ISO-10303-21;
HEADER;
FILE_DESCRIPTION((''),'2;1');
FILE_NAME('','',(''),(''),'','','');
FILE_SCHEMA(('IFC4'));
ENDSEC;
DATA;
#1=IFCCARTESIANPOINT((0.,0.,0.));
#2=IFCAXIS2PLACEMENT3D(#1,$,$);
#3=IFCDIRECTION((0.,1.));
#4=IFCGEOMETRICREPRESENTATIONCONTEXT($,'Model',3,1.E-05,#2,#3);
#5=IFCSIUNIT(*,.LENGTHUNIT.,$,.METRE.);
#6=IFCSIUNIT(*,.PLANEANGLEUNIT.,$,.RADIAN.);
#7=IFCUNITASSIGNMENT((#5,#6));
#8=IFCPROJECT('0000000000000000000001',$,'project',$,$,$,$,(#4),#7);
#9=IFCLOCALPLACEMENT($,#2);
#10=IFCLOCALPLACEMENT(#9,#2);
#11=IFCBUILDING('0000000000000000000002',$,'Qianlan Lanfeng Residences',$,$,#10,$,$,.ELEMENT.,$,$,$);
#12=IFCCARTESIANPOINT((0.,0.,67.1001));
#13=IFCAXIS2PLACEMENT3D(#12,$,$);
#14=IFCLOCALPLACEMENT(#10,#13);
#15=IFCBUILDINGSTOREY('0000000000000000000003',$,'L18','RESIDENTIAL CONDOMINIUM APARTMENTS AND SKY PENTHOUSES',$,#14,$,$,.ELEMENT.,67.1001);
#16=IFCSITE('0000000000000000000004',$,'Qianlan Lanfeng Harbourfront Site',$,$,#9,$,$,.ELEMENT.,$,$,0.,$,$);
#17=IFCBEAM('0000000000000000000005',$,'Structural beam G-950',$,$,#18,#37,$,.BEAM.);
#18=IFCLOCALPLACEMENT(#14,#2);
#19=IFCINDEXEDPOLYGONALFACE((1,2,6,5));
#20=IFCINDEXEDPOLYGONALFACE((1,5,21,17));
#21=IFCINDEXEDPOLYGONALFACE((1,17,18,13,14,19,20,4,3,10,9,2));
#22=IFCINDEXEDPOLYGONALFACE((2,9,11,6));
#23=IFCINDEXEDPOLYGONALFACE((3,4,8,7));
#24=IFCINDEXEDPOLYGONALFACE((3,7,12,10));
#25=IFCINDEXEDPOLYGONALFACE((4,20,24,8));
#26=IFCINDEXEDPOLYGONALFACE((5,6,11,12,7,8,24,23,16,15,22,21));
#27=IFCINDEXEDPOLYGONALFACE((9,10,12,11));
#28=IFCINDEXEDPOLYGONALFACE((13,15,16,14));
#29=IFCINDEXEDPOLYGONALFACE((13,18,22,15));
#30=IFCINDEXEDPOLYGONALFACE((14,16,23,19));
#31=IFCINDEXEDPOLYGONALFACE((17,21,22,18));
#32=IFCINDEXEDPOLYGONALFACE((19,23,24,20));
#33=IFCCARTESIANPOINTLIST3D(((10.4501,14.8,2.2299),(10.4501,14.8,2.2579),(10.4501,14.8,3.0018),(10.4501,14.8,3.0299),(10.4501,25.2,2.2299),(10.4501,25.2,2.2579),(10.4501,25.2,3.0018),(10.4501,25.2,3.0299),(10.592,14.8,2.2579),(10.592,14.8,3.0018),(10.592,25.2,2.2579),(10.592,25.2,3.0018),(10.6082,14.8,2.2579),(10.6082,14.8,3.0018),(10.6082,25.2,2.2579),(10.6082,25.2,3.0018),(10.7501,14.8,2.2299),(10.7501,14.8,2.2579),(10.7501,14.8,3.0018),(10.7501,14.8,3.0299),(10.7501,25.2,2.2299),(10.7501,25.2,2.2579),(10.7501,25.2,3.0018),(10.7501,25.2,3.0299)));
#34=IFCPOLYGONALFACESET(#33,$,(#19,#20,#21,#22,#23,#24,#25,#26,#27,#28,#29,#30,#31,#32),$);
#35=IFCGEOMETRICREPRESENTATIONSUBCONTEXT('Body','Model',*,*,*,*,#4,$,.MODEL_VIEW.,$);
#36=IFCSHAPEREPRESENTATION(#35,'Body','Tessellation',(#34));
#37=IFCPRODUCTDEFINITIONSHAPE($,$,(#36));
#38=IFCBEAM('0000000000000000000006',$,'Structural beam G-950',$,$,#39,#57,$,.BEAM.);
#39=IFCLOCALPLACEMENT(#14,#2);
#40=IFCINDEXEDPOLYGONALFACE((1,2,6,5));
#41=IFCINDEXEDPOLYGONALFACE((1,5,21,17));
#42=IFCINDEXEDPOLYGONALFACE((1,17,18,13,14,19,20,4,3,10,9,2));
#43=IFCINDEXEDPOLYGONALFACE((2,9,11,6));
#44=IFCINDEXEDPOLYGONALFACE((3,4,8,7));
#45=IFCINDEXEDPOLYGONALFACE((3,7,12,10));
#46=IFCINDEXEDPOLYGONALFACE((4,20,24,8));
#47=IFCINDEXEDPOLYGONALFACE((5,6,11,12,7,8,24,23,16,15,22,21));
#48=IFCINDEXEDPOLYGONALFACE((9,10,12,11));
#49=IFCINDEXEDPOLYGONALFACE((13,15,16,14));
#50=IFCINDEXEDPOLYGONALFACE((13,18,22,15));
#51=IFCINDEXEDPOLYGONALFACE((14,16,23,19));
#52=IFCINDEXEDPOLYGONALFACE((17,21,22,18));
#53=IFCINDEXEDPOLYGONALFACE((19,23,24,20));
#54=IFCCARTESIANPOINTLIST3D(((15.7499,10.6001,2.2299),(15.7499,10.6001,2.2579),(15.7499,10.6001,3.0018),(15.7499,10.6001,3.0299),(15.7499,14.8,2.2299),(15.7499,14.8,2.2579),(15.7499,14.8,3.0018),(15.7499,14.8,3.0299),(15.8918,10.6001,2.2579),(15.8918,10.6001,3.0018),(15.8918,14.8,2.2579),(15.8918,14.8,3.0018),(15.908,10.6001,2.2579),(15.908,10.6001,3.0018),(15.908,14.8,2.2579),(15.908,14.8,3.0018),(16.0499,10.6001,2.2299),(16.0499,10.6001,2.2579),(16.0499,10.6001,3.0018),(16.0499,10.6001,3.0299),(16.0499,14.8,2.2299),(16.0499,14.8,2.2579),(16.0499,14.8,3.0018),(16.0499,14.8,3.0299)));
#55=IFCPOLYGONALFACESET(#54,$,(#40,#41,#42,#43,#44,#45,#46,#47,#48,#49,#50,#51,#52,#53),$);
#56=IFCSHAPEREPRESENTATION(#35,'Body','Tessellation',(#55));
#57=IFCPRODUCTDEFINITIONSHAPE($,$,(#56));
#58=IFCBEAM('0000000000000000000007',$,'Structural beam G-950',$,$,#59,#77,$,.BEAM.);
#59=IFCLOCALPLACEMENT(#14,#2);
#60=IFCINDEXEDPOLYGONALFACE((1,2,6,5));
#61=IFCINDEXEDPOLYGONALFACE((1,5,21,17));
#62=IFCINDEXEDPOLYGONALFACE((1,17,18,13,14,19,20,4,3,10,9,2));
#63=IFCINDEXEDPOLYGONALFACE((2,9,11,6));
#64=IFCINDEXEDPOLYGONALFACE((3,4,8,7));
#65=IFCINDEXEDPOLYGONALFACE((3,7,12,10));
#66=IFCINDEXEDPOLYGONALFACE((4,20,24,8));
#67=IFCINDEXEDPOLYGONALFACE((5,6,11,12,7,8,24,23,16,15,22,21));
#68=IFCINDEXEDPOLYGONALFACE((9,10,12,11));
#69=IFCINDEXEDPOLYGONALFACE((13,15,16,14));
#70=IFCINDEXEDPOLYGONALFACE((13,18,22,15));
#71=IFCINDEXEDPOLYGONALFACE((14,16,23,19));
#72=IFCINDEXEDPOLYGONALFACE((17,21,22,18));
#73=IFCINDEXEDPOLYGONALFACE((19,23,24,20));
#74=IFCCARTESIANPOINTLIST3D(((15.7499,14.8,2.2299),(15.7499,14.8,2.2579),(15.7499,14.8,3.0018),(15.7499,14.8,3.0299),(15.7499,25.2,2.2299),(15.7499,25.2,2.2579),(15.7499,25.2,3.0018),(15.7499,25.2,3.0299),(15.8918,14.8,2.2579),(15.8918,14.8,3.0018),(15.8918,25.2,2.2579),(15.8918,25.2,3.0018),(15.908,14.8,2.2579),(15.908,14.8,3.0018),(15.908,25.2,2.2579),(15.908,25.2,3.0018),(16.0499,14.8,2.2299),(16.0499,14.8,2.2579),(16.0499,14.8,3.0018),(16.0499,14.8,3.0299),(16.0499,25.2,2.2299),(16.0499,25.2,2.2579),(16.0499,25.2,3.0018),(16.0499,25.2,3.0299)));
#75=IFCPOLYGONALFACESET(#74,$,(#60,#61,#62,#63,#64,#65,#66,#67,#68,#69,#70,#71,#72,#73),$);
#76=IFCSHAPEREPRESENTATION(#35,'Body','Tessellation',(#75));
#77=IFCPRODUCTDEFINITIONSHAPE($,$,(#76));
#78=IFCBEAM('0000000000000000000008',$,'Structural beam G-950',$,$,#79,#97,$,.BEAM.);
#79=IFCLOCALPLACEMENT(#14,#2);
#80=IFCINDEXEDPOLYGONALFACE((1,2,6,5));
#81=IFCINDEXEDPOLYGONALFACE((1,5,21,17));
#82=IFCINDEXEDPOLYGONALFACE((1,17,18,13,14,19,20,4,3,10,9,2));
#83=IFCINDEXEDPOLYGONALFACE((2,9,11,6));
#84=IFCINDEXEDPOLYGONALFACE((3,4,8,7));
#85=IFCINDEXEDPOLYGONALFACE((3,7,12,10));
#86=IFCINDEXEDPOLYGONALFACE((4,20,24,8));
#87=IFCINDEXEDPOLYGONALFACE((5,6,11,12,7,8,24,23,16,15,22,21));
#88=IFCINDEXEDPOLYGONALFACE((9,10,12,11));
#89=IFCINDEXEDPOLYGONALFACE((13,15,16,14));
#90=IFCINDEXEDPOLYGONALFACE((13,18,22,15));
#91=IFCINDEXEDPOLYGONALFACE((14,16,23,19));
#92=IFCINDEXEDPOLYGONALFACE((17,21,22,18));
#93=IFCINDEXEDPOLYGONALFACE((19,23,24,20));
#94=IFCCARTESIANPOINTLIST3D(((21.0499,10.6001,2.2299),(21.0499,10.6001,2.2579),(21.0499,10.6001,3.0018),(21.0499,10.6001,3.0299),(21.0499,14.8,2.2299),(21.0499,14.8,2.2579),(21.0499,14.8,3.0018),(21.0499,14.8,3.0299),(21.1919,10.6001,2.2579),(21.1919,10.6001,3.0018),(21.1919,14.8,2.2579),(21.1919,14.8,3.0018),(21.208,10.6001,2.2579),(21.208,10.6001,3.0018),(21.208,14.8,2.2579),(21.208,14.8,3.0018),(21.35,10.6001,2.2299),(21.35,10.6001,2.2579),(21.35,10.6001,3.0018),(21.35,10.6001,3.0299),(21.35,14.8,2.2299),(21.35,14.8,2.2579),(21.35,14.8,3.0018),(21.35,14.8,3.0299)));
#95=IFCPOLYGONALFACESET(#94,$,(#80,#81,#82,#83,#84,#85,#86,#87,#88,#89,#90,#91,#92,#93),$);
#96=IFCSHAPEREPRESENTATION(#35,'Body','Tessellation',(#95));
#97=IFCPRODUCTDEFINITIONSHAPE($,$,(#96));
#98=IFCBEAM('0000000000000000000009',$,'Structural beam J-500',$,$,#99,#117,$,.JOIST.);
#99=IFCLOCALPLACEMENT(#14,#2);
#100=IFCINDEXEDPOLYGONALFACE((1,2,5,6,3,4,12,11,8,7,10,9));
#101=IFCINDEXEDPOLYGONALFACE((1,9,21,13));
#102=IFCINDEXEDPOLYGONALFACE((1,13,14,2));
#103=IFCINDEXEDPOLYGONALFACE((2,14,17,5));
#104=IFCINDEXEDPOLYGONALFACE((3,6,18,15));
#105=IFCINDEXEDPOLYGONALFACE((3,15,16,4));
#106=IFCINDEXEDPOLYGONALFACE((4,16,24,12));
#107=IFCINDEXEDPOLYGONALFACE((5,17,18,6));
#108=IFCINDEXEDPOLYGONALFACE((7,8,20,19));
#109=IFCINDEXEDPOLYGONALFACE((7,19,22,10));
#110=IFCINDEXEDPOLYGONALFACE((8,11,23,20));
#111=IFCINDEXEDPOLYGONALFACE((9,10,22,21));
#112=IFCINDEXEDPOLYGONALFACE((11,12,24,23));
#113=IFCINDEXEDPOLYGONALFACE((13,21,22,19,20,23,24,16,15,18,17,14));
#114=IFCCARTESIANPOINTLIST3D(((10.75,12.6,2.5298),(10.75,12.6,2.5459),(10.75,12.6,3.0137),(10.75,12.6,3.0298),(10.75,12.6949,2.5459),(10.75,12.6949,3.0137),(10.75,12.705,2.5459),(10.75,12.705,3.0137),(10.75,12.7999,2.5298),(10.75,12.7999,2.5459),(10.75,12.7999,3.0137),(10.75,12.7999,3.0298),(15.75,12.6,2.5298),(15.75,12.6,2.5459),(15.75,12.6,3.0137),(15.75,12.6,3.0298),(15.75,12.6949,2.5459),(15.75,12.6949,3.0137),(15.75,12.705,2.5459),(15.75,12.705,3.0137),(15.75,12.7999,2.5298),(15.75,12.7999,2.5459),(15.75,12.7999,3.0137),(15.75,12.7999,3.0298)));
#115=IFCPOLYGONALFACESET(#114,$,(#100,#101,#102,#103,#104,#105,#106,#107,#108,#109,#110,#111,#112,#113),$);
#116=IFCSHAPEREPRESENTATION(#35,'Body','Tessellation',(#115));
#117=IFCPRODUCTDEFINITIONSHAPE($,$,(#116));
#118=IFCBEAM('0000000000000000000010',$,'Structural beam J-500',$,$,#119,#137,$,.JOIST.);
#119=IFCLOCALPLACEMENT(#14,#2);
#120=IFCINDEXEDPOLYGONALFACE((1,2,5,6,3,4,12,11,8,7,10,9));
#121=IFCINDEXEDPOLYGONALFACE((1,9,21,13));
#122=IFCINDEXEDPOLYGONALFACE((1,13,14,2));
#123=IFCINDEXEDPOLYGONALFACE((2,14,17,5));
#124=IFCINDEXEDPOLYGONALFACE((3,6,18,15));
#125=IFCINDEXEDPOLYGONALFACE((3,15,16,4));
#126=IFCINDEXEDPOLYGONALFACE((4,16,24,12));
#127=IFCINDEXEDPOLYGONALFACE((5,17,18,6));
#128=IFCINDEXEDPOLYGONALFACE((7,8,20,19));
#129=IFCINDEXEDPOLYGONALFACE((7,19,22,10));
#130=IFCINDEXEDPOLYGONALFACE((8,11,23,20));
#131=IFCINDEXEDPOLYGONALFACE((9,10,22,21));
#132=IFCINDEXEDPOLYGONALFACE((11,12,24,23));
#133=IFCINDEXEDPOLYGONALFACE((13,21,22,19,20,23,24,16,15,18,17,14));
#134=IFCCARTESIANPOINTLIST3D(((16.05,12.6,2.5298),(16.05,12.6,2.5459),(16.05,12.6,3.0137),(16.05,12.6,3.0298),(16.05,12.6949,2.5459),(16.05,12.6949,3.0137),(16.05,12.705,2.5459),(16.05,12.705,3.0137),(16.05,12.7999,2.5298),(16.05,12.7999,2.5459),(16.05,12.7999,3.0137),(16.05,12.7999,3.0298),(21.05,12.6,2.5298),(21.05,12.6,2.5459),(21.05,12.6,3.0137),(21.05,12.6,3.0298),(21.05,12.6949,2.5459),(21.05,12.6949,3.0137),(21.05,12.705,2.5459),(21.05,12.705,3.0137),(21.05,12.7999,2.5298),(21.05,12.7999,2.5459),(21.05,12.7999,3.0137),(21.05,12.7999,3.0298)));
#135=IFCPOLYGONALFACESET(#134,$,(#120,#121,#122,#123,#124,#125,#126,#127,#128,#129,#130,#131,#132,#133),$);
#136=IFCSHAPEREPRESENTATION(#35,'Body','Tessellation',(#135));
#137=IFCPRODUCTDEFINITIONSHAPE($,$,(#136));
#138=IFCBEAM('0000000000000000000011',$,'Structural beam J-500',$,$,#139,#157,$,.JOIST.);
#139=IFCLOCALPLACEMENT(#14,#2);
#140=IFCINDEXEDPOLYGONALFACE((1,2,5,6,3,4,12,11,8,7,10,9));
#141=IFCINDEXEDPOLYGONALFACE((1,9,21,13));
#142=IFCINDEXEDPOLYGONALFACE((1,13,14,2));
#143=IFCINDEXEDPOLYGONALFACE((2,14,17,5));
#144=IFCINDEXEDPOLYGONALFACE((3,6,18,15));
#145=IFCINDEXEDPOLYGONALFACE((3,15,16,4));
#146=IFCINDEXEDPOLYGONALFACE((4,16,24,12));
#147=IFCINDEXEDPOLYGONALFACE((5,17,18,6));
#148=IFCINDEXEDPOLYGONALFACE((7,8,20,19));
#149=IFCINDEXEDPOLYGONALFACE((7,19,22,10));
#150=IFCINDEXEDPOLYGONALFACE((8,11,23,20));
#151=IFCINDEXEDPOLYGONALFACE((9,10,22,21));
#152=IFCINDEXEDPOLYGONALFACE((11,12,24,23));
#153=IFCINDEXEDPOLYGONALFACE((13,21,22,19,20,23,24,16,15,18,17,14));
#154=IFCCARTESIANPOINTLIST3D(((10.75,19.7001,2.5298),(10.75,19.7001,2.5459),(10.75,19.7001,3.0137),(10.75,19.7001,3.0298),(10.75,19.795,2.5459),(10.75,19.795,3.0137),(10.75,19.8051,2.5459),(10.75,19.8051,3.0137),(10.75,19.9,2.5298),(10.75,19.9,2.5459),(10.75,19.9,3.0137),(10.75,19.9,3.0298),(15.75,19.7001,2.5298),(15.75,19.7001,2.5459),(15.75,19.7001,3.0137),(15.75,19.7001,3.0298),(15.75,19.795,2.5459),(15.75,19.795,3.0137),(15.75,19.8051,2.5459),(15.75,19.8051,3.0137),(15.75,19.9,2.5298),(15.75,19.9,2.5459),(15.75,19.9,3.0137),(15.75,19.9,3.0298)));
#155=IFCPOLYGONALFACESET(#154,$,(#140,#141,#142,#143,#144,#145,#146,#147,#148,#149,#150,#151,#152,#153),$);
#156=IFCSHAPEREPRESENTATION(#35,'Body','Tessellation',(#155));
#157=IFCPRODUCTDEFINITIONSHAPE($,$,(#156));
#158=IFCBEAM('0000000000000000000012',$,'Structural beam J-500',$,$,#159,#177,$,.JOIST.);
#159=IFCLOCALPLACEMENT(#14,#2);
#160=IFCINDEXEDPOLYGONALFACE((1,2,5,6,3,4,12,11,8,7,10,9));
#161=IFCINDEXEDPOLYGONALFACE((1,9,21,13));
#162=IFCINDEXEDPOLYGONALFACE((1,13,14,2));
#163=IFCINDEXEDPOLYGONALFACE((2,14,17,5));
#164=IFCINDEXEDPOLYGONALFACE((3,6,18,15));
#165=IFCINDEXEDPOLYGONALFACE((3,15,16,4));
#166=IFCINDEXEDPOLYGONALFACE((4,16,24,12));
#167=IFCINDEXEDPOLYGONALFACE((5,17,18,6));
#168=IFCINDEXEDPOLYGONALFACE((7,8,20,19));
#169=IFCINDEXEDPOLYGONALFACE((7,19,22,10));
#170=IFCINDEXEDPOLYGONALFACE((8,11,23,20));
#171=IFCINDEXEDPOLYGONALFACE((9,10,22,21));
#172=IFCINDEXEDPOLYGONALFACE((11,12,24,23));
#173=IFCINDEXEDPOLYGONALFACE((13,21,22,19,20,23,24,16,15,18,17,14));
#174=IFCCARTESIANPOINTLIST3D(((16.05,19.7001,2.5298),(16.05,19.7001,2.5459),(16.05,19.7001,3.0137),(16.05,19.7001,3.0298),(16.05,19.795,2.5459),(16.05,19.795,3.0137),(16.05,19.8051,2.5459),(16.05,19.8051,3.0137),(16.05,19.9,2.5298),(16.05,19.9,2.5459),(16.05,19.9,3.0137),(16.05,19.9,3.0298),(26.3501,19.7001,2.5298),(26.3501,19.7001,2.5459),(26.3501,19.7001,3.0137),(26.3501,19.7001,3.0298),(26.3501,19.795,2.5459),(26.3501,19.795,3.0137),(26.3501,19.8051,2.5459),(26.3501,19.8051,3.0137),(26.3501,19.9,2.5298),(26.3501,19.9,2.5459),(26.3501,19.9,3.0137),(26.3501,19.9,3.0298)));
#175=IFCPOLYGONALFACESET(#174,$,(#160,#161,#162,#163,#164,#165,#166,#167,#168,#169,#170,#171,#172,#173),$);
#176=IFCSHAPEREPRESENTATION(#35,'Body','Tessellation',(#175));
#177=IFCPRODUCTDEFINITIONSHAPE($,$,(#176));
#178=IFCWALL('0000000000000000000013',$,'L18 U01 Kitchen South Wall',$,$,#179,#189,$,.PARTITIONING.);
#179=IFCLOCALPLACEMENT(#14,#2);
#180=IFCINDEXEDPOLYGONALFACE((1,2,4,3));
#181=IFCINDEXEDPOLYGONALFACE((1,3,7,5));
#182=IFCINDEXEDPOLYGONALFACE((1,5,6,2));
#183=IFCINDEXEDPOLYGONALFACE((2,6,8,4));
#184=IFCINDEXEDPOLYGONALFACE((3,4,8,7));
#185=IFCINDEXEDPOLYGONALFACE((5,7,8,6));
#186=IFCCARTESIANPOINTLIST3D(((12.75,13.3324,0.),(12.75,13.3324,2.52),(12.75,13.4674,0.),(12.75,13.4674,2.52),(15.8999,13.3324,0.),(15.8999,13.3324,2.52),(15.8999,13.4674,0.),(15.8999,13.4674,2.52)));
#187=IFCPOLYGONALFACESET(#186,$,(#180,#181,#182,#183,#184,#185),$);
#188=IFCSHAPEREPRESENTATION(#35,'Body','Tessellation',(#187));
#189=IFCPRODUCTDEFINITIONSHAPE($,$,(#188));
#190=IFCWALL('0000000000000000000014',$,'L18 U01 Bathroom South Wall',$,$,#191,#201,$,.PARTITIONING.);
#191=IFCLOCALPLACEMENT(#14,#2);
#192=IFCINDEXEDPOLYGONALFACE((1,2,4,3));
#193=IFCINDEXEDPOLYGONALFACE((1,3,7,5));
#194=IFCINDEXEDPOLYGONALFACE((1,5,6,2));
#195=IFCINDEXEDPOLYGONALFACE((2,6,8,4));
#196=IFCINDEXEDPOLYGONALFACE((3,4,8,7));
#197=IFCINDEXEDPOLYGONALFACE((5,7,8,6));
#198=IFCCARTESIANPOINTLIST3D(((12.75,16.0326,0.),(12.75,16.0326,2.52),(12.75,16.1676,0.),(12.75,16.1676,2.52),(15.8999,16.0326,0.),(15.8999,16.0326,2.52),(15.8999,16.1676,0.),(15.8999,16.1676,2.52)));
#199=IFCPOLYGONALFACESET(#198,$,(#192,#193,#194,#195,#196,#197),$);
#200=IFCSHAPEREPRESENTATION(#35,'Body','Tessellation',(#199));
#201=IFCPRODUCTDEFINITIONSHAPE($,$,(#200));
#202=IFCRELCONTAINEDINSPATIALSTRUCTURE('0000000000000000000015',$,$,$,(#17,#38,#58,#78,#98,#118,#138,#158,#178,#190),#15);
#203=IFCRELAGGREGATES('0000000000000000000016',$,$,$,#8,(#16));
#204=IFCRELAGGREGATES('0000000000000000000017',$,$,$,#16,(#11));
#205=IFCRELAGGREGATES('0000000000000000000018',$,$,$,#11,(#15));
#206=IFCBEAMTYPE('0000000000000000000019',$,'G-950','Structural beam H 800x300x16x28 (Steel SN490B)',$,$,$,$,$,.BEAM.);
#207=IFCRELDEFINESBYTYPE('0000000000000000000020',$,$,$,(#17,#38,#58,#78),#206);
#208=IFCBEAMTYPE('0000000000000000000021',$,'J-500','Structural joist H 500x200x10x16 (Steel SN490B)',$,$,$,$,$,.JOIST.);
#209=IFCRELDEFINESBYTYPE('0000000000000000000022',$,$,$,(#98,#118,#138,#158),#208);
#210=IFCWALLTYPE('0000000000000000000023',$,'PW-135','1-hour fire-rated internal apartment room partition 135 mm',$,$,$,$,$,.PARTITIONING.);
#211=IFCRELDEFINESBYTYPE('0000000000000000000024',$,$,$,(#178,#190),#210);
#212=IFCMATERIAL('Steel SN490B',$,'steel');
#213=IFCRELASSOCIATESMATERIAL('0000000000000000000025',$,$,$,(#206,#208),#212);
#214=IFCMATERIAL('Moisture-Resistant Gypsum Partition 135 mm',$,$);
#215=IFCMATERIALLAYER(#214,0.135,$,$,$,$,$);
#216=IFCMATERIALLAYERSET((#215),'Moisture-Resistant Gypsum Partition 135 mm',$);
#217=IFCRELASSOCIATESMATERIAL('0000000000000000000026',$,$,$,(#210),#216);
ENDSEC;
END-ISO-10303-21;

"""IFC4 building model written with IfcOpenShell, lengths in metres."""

from ifc_helpers import new_model, si_unit, direction, frame, frame_2d, origin, origin_2d, place, context, subcontext, project, spatial, rectangle, i_section, extrude, material, layer, layer_set, material_profile, profile_set, type_object, element, save


model = new_model("IFC4")

# Units and contexts
model_context = context("Model", 3, precision=1e-05, world=origin(), true_north=direction((0.0, 1.0)))
body_context = subcontext(model_context, "Body", "Model", "MODEL_VIEW")
ifc_project = project(units=[si_unit("LENGTHUNIT", "METRE"), si_unit("PLANEANGLEUNIT", "RADIAN")], contexts=[model_context])

# Site, building, storey
site_placement = place(None, origin())
site = spatial("IfcSite", under=ifc_project, at=site_placement, Name="Qianlan Lanfeng Harbourfront Site", CompositionType="ELEMENT", RefElevation=0.0)
building_placement = place(site_placement, origin())
building = spatial("IfcBuilding", under=site, at=building_placement, Name="Qianlan Lanfeng Residences", CompositionType="ELEMENT")
storey_placement = place(building_placement, frame((0.0, 0.0, 67.1001)))
storey = spatial("IfcBuildingStorey", under=building, at=storey_placement, Name="L18", Description="RESIDENTIAL CONDOMINIUM APARTMENTS AND SKY PENTHOUSES", CompositionType="ELEMENT", Elevation=67.1001)

# Shared definitions
ifc_material_1 = material(Name="Steel SN490B", Category="steel")

# Beams
ifc_material_profile_1 = material_profile(ifc_material_1, i_section(OverallWidth=0.3, OverallDepth=0.8, WebThickness=0.0161, FlangeThickness=0.0281, at=origin_2d()), Name="H 800x300x16x28")
ifc_profile_set_1 = profile_set([ifc_material_profile_1], Name="Steel SN490B")
beam_type_1 = type_object("IfcBeamType", Name="G-950", Description="Structural beam H 800x300x16x28 (Steel SN490B)", PredefinedType="BEAM", material=ifc_profile_set_1)
beam_1_placement = place(storey_placement, frame((10.6001, 14.8, 2.6299), z_axis=(0.0, 1.0, 0.0), x_axis=(-1.0, 0.0, 0.0)))
element("IfcBeam", 1, at=beam_1_placement, inside=storey, type_object=beam_type_1, Name="Structural beam G-950", PredefinedType="BEAM", context=body_context, shape_type="SweptSolid", body=[
    extrude(i_section(OverallWidth=0.3, OverallDepth=0.8, WebThickness=0.0161, FlangeThickness=0.0281, at=origin_2d()), origin(), (0.0, 0.0, 1.0), 10.3999),
])
beam_2_placement = place(storey_placement, frame((15.8999, 10.6001, 2.6299), z_axis=(0.0, 1.0, 0.0), x_axis=(-1.0, 0.0, 0.0)))
element("IfcBeam", 2, at=beam_2_placement, inside=storey, type_object=beam_type_1, Name="Structural beam G-950", PredefinedType="BEAM", context=body_context, shape_type="SweptSolid", body=[
    extrude(i_section(OverallWidth=0.3, OverallDepth=0.8, WebThickness=0.0161, FlangeThickness=0.0281, at=origin_2d()), origin(), (0.0, 0.0, 1.0), 4.2),
])
beam_3_placement = place(storey_placement, frame((15.8999, 14.8, 2.6299), z_axis=(0.0, 1.0, 0.0), x_axis=(-1.0, 0.0, 0.0)))
element("IfcBeam", 3, at=beam_3_placement, inside=storey, type_object=beam_type_1, Name="Structural beam G-950", PredefinedType="BEAM", context=body_context, shape_type="SweptSolid", body=[
    extrude(i_section(OverallWidth=0.3, OverallDepth=0.8, WebThickness=0.0161, FlangeThickness=0.0281, at=origin_2d()), origin(), (0.0, 0.0, 1.0), 10.3999),
])
beam_4_placement = place(storey_placement, frame((21.2, 10.6001, 2.6299), z_axis=(0.0, 1.0, 0.0), x_axis=(-1.0, 0.0, 0.0)))
element("IfcBeam", 4, at=beam_4_placement, inside=storey, type_object=beam_type_1, Name="Structural beam G-950", PredefinedType="BEAM", context=body_context, shape_type="SweptSolid", body=[
    extrude(i_section(OverallWidth=0.3, OverallDepth=0.8, WebThickness=0.0161, FlangeThickness=0.0281, at=origin_2d()), origin(), (0.0, 0.0, 1.0), 4.2),
])
ifc_material_profile_2 = material_profile(ifc_material_1, i_section(OverallWidth=0.2, OverallDepth=0.5, WebThickness=0.01, FlangeThickness=0.0161, at=origin_2d()), Name="H 500x200x10x16")
ifc_profile_set_2 = profile_set([ifc_material_profile_2], Name="Steel SN490B")
beam_type_2 = type_object("IfcBeamType", Name="J-500", Description="Structural joist H 500x200x10x16 (Steel SN490B)", PredefinedType="JOIST", material=ifc_profile_set_2)
for number, where, z_axis, x_axis, name in (
    (5, (10.75, 12.7, 2.7798), (1.0, 0.0, 0.0), (0.0, 1.0, 0.0), "Structural beam J-500"),
    (6, (16.05, 12.7, 2.7798), (1.0, 0.0, 0.0), (0.0, 1.0, 0.0), "Structural beam J-500"),
    (7, (10.75, 19.8, 2.7798), (1.0, 0.0, 0.0), (0.0, 1.0, 0.0), "Structural beam J-500"),
):
    element("IfcBeam", number, at=place(storey_placement, frame(where, z_axis=z_axis, x_axis=x_axis)), inside=storey, type_object=beam_type_2, Name=name, PredefinedType="JOIST", context=body_context, shape_type="SweptSolid", body=[
        extrude(i_section(OverallWidth=0.2, OverallDepth=0.5, WebThickness=0.01, FlangeThickness=0.0161, at=origin_2d()), origin(), (0.0, 0.0, 1.0), 5.0),
    ])
beam_5_placement = place(storey_placement, frame((16.05, 19.8, 2.7798), z_axis=(1.0, 0.0, 0.0), x_axis=(0.0, 1.0, 0.0)))
element("IfcBeam", 8, at=beam_5_placement, inside=storey, type_object=beam_type_2, Name="Structural beam J-500", PredefinedType="JOIST", context=body_context, shape_type="SweptSolid", body=[
    extrude(i_section(OverallWidth=0.2, OverallDepth=0.5, WebThickness=0.01, FlangeThickness=0.0161, at=origin_2d()), origin(), (0.0, 0.0, 1.0), 10.3),
])

# Shared definitions
ifc_material_2 = material(Name="Moisture-Resistant Gypsum Partition 135 mm")
ifc_layer_1 = layer(ifc_material_2, 0.135)
ifc_layer_set_1 = layer_set([ifc_layer_1], Name="Moisture-Resistant Gypsum Partition 135 mm")
wall_type_1 = type_object("IfcWallType", Name="PW-135", Description="1-hour fire-rated internal apartment room partition 135 mm", PredefinedType="PARTITIONING", material=ifc_layer_set_1)

# Walls
for number, where, z_axis, x_axis, name in (
    (9, (12.75, 13.3999, 0.0), (0.0, 0.0, 1.0), (1.0, 0.0, 0.0), "L18 U01 Kitchen South Wall"),
    (10, (12.75, 16.1001, 0.0), (0.0, 0.0, 1.0), (1.0, 0.0, 0.0), "L18 U01 Bathroom South Wall"),
):
    element("IfcWall", number, at=place(storey_placement, frame(where, z_axis=z_axis, x_axis=x_axis)), inside=storey, type_object=wall_type_1, Name=name, PredefinedType="PARTITIONING", context=body_context, shape_type="SweptSolid", body=[
        extrude(rectangle(XDim=3.1499, YDim=0.135, at=frame_2d((1.575, 0.0))), origin(), (0.0, 0.0, 1.0), 2.52),
    ])

save(model, "model.ifc")
